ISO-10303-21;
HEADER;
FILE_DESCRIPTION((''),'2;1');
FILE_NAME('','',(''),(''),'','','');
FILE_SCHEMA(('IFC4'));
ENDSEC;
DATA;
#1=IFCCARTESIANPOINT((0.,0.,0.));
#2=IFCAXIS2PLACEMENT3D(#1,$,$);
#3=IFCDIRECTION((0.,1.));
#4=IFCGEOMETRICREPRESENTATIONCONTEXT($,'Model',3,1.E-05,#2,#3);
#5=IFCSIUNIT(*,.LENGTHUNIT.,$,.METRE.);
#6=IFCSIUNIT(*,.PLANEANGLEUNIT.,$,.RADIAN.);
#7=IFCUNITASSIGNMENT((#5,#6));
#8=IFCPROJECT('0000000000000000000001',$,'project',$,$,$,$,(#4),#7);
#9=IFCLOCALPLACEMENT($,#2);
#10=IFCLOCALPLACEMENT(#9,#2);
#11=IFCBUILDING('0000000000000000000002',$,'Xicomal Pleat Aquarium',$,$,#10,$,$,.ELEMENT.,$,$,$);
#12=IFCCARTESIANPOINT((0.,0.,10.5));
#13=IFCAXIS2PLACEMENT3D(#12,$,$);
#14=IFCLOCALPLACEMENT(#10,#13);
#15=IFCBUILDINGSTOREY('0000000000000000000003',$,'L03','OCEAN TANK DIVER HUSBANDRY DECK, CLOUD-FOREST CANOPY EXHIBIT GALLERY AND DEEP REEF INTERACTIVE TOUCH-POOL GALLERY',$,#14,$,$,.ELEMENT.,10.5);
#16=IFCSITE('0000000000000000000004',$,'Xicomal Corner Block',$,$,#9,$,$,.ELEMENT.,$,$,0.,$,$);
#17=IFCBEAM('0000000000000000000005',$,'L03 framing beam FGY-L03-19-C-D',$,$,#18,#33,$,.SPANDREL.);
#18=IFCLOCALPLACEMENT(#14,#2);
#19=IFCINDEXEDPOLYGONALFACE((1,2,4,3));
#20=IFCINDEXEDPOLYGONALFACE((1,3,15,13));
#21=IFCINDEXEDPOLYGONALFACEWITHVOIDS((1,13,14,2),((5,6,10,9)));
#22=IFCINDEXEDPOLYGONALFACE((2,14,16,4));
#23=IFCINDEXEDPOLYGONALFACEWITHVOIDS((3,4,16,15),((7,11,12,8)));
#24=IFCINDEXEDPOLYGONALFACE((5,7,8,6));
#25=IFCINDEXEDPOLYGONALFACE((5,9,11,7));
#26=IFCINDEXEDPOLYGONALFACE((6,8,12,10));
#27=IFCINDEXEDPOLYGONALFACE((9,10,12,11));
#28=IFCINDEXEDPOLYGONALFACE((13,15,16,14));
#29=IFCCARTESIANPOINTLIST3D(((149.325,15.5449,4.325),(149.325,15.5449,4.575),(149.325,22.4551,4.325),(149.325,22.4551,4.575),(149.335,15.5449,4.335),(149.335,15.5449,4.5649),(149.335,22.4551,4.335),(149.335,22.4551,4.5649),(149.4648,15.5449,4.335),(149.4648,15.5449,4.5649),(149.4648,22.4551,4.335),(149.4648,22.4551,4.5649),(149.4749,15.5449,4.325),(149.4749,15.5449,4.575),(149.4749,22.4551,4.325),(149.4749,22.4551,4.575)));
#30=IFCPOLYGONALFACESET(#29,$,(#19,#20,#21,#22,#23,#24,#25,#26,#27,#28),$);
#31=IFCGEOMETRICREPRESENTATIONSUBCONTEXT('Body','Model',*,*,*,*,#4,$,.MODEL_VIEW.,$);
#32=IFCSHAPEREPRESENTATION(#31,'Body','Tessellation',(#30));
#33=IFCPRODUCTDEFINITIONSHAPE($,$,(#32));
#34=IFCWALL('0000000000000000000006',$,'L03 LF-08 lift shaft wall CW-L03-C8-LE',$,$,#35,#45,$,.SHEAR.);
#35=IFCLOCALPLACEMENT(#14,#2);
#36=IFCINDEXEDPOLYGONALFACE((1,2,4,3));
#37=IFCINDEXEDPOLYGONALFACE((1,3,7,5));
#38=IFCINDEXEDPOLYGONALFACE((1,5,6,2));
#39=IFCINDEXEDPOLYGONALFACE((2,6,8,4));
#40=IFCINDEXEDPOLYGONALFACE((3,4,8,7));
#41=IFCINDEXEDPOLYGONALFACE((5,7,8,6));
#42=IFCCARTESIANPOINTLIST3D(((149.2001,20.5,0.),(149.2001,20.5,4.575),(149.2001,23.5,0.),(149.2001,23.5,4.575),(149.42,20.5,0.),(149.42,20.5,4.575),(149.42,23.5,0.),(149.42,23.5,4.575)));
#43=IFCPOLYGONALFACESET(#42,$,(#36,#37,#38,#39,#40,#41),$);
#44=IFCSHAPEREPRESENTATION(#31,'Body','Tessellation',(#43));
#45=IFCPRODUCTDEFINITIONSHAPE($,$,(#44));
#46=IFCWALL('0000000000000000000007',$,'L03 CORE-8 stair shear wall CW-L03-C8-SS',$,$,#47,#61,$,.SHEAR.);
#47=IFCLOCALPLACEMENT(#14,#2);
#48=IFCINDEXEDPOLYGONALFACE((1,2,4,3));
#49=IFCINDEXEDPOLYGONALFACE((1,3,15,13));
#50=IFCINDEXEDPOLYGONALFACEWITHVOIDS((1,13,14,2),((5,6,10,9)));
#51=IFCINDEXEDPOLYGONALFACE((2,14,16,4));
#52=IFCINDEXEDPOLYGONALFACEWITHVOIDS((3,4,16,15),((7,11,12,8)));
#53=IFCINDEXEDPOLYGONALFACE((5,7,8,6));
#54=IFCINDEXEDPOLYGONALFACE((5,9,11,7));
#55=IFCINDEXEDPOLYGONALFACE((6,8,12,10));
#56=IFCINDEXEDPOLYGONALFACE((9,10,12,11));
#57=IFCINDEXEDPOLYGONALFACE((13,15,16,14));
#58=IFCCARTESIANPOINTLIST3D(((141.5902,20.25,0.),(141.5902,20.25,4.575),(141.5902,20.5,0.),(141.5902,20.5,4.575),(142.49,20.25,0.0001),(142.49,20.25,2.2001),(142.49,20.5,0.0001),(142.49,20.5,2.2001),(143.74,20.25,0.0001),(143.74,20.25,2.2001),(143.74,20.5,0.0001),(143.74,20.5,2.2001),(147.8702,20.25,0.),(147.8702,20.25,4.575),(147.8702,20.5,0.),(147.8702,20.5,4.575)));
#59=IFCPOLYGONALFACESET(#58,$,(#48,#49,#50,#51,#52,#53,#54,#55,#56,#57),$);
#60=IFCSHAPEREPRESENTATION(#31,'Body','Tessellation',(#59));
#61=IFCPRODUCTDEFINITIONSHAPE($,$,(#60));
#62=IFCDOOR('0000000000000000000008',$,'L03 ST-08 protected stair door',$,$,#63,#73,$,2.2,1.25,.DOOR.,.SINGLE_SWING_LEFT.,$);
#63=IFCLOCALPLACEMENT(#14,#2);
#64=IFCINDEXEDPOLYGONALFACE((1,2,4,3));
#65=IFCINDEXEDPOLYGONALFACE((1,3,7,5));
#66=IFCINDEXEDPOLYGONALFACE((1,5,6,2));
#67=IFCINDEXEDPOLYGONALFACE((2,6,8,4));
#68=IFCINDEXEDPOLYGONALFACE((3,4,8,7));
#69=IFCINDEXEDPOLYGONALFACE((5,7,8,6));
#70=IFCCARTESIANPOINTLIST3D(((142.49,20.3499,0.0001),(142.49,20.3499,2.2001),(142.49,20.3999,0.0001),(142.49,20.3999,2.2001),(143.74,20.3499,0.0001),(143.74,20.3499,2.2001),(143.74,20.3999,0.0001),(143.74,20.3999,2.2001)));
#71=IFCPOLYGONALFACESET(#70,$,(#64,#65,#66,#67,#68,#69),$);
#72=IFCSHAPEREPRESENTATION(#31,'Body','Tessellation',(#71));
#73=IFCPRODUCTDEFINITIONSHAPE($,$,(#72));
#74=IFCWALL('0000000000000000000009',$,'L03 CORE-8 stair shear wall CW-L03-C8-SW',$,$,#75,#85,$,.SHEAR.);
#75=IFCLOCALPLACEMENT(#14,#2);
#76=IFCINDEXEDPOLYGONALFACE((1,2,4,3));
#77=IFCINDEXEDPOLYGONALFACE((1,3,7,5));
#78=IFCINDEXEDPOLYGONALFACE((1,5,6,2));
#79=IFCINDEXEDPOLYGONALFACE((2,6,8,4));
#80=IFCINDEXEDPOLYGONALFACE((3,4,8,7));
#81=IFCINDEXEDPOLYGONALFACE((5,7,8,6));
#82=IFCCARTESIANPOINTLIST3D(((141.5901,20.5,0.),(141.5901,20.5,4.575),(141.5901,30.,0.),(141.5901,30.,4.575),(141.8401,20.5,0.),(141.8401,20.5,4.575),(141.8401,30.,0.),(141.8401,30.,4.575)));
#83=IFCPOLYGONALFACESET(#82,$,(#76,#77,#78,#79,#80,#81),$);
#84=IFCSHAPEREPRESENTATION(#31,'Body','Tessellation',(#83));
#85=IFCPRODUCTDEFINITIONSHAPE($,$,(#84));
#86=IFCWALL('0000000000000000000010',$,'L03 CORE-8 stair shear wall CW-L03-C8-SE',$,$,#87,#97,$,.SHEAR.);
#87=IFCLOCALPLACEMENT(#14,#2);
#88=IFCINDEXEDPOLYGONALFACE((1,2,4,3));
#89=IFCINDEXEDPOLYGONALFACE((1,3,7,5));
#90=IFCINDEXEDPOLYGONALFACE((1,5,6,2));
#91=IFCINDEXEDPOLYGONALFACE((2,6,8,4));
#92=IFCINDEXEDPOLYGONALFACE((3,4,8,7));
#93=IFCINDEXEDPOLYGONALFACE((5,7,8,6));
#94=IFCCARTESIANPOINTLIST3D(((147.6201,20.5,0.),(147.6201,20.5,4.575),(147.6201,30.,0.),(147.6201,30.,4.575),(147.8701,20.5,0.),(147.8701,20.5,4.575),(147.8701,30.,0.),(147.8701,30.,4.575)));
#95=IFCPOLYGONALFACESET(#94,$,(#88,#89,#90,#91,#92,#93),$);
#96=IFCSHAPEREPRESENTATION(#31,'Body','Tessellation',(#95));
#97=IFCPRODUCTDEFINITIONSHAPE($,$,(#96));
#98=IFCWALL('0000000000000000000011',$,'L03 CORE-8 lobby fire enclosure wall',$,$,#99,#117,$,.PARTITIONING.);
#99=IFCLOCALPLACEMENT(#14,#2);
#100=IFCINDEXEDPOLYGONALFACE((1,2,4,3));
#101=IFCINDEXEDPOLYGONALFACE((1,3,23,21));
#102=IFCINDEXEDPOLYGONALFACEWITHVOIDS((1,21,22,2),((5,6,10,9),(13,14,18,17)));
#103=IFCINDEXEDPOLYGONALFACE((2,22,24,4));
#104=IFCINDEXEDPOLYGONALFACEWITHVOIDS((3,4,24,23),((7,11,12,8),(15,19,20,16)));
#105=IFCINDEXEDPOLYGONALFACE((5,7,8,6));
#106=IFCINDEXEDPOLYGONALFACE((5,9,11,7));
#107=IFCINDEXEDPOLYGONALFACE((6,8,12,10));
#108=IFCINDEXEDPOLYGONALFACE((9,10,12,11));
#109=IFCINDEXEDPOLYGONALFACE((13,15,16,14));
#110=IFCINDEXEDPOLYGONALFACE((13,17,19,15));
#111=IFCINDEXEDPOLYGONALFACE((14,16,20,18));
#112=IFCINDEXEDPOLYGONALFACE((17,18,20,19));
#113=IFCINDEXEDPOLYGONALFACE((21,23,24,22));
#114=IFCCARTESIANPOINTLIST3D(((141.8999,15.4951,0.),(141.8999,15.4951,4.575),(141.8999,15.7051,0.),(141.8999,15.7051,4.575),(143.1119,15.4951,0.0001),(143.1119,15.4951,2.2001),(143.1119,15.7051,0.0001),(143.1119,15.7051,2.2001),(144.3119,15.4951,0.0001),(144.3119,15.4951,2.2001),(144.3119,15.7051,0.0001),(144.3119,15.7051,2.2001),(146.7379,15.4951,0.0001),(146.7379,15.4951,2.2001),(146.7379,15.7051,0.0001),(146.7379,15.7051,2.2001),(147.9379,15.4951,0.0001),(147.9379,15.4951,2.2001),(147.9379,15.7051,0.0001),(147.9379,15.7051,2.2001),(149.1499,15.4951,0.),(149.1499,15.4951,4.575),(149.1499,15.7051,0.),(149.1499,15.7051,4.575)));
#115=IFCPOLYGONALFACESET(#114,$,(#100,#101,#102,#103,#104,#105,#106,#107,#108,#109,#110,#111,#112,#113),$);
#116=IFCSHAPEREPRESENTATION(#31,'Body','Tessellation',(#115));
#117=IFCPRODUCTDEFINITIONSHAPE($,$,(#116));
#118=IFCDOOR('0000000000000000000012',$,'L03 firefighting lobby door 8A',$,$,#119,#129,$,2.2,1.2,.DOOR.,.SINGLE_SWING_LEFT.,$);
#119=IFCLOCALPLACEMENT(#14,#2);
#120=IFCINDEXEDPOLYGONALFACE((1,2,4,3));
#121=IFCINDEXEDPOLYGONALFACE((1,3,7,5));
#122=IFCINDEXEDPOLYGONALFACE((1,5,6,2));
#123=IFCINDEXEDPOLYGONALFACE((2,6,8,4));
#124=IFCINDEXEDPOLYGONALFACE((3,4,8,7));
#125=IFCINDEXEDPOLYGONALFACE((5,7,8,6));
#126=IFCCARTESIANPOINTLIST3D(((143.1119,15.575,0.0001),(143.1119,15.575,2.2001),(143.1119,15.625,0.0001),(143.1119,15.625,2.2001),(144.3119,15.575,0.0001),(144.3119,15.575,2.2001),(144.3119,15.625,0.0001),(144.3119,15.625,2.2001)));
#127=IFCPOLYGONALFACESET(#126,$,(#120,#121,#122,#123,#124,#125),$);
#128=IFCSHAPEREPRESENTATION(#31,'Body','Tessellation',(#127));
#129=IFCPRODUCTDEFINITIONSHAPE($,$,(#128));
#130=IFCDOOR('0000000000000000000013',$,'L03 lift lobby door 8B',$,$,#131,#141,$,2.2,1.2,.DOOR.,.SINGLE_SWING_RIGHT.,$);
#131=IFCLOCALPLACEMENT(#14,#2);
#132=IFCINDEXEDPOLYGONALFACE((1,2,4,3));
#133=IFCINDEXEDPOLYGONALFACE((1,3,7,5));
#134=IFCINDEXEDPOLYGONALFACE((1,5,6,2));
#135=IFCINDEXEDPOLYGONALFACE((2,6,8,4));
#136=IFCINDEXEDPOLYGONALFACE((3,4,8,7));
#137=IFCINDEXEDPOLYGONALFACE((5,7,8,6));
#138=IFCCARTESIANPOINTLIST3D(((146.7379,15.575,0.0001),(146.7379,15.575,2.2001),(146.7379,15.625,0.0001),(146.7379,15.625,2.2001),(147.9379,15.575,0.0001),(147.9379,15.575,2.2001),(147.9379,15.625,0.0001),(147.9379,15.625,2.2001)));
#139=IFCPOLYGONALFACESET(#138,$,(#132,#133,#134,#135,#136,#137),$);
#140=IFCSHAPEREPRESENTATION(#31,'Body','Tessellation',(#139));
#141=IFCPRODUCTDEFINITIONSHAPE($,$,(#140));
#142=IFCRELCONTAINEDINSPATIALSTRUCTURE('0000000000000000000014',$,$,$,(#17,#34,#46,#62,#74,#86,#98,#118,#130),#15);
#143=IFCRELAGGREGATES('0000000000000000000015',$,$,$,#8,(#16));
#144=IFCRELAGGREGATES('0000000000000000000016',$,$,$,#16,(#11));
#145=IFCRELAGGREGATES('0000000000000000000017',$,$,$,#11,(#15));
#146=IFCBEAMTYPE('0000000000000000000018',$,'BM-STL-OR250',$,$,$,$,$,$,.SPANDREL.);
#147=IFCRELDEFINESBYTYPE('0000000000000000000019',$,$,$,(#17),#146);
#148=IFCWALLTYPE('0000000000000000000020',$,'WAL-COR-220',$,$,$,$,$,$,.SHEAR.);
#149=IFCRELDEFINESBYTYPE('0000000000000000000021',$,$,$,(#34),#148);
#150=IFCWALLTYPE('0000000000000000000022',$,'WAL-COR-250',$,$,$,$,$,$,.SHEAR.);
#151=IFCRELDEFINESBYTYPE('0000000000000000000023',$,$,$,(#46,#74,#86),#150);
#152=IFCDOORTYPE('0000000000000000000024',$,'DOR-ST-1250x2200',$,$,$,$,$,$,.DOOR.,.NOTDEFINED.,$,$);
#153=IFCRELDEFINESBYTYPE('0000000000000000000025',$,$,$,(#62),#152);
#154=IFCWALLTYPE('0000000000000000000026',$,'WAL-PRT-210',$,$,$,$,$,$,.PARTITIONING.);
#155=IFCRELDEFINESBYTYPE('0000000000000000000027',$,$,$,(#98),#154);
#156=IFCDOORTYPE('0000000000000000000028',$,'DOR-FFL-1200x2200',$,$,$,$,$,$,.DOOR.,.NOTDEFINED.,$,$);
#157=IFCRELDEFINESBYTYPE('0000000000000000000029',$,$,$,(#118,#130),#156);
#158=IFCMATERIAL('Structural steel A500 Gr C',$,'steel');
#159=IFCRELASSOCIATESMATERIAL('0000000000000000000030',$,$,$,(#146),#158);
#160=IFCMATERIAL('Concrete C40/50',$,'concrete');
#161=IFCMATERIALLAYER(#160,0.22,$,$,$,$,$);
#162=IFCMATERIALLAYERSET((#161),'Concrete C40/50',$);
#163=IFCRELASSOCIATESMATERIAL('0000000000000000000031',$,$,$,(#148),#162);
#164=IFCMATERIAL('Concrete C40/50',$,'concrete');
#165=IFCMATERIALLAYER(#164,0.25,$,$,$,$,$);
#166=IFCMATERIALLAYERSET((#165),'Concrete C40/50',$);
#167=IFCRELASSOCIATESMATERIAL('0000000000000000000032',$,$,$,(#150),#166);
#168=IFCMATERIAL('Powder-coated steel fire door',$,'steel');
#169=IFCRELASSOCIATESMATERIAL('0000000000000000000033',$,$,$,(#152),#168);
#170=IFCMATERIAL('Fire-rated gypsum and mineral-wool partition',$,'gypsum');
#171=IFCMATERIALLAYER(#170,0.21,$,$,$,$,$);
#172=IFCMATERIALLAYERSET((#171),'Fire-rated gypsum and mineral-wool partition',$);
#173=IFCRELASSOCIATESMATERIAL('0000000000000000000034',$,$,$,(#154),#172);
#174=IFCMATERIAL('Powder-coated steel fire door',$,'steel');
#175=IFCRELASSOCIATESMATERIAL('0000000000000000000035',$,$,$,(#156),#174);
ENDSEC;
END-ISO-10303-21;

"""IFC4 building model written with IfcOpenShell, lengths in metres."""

from ifc_helpers import new_model, si_unit, direction, frame, frame_2d, origin, origin_2d, place, context, subcontext, project, spatial, rectangle, hollow_rectangle, extrude, material, layer, layer_set, material_profile, profile_set, type_object, element, fill, save


model = new_model("IFC4")

# Units and contexts
model_context = context("Model", 3, precision=1e-05, world=origin(), true_north=direction((0.0, 1.0)))
body_context = subcontext(model_context, "Body", "Model", "MODEL_VIEW")
ifc_project = project(units=[si_unit("LENGTHUNIT", "METRE"), si_unit("PLANEANGLEUNIT", "RADIAN")], contexts=[model_context])

# Site, building, storey
site_placement = place(None, origin())
site = spatial("IfcSite", under=ifc_project, at=site_placement, Name="Xicomal Corner Block", CompositionType="ELEMENT", RefElevation=0.0)
building_placement = place(site_placement, origin())
building = spatial("IfcBuilding", under=site, at=building_placement, Name="Xicomal Pleat Aquarium", CompositionType="ELEMENT")
storey_placement = place(building_placement, frame((0.0, 0.0, 10.5)))
storey = spatial("IfcBuildingStorey", under=building, at=storey_placement, Name="L03", Description="OCEAN TANK DIVER HUSBANDRY DECK, CLOUD-FOREST CANOPY EXHIBIT GALLERY AND DEEP REEF INTERACTIVE TOUCH-POOL GALLERY", CompositionType="ELEMENT", Elevation=10.5)

# Beam
ifc_material_1 = material(Name="Structural steel A500 Gr C", Category="steel")
ifc_material_profile_1 = material_profile(ifc_material_1, hollow_rectangle(XDim=0.1499, YDim=0.25, WallThickness=0.01, at=origin_2d()), Name="OR 250x150x10")
ifc_profile_set_1 = profile_set([ifc_material_profile_1], Name="Structural steel A500 Gr C")
beam_type_1 = type_object("IfcBeamType", Name="BM-STL-OR250", PredefinedType="SPANDREL", material=ifc_profile_set_1)
beam_1_placement = place(storey_placement, frame((149.3999, 15.5449, 4.45), z_axis=(0.0, 1.0, 0.0), x_axis=(-1.0, 0.0, 0.0)))
element("IfcBeam", 1, at=beam_1_placement, inside=storey, type_object=beam_type_1, Name="L03 framing beam FGY-L03-19-C-D", PredefinedType="SPANDREL", context=body_context, shape_type="SweptSolid", body=[
    extrude(hollow_rectangle(XDim=0.1499, YDim=0.25, WallThickness=0.01, at=origin_2d()), origin(), (0.0, 0.0, 1.0), 6.9102),
])

# Shared definitions
ifc_material_2 = material(Name="Concrete C40/50", Category="concrete")
ifc_layer_1 = layer(ifc_material_2, 0.22)
ifc_layer_set_1 = layer_set([ifc_layer_1], Name="Concrete C40/50")
wall_type_1 = type_object("IfcWallType", Name="WAL-COR-220", PredefinedType="SHEAR", material=ifc_layer_set_1)

# Wall
wall_1_placement = place(storey_placement, frame((149.3101, 20.5, 0.0), z_axis=(0.0, 0.0, 1.0), x_axis=(0.0, 1.0, 0.0)))
element("IfcWall", 2, at=wall_1_placement, inside=storey, type_object=wall_type_1, Name="L03 LF-08 lift shaft wall CW-L03-C8-LE", PredefinedType="SHEAR", context=body_context, shape_type="SweptSolid", body=[
    extrude(rectangle(XDim=3.0, YDim=0.22, at=frame_2d((1.5, 0.0))), origin(), (0.0, 0.0, 1.0), 4.575),
])

# Wall, opening, door
ifc_material_3 = material(Name="Concrete C40/50", Category="concrete")
ifc_layer_2 = layer(ifc_material_3, 0.25)
ifc_layer_set_2 = layer_set([ifc_layer_2], Name="Concrete C40/50")
wall_type_2 = type_object("IfcWallType", Name="WAL-COR-250", PredefinedType="SHEAR", material=ifc_layer_set_2)
wall_2_placement = place(storey_placement, frame((141.5901, 20.375, 0.0), z_axis=(0.0, 0.0, 1.0), x_axis=(1.0, 0.0, 0.0)))
wall_2 = element("IfcWall", 3, at=wall_2_placement, inside=storey, type_object=wall_type_2, Name="L03 CORE-8 stair shear wall CW-L03-C8-SS", PredefinedType="SHEAR", context=body_context, shape_type="SweptSolid", body=[
    extrude(rectangle(XDim=6.28, YDim=0.25, at=frame_2d((3.1401, 0.0))), origin(), (0.0, 0.0, 1.0), 4.575),
])
opening_1_placement = place(wall_2_placement, frame((0.8999, 0.0, 0.0)))
opening_1 = element("IfcOpeningElement", 4, at=opening_1_placement, cuts=wall_2, PredefinedType="OPENING", context=body_context, shape_type="SweptSolid", body=[
    extrude(rectangle(XDim=1.25, YDim=2.2, at=frame_2d((0.625, 1.1001))), frame((0.0, 0.135, 0.0), z_axis=(0.0, -1.0, 0.0), x_axis=(1.0, 0.0, 0.0)), (0.0, 0.0, 1.0), 0.27),
])
ifc_material_4 = material(Name="Powder-coated steel fire door", Category="steel")
door_type_1 = type_object("IfcDoorType", Name="DOR-ST-1250x2200", OperationType="NOTDEFINED", PredefinedType="DOOR", material=ifc_material_4)
door_1_placement = place(opening_1_placement, origin())
door_1 = element("IfcDoor", 5, at=door_1_placement, inside=storey, type_object=door_type_1, Name="L03 ST-08 protected stair door", OperationType="SINGLE_SWING_LEFT", OverallHeight=2.2, OverallWidth=1.25, PredefinedType="DOOR", context=body_context, shape_type="SweptSolid", body=[
    extrude(rectangle(XDim=1.25, YDim=2.2, at=frame_2d((0.625, 1.1001))), frame((0.0, 0.0249, 0.0), z_axis=(0.0, -1.0, 0.0), x_axis=(1.0, 0.0, 0.0)), (0.0, 0.0, 1.0), 0.05),
])
fill(opening_1, door_1)

# Walls
for number, where, z_axis, x_axis, name in (
    (6, (141.7151, 20.5, 0.0), (0.0, 0.0, 1.0), (0.0, 1.0, 0.0), "L03 CORE-8 stair shear wall CW-L03-C8-SW"),
    (7, (147.7451, 20.5, 0.0), (0.0, 0.0, 1.0), (0.0, 1.0, 0.0), "L03 CORE-8 stair shear wall CW-L03-C8-SE"),
):
    element("IfcWall", number, at=place(storey_placement, frame(where, z_axis=z_axis, x_axis=x_axis)), inside=storey, type_object=wall_type_2, Name=name, PredefinedType="SHEAR", context=body_context, shape_type="SweptSolid", body=[
        extrude(rectangle(XDim=9.5, YDim=0.25, at=frame_2d((4.75, 0.0))), origin(), (0.0, 0.0, 1.0), 4.575),
    ])

# Wall, openings, doors
ifc_material_5 = material(Name="Fire-rated gypsum and mineral-wool partition", Category="gypsum")
ifc_layer_3 = layer(ifc_material_5, 0.21)
ifc_layer_set_3 = layer_set([ifc_layer_3], Name="Fire-rated gypsum and mineral-wool partition")
wall_type_3 = type_object("IfcWallType", Name="WAL-PRT-210", PredefinedType="PARTITIONING", material=ifc_layer_set_3)
wall_3_placement = place(storey_placement, frame((141.8999, 15.6001, 0.0), z_axis=(0.0, 0.0, 1.0), x_axis=(1.0, 0.0, 0.0)))
wall_3 = element("IfcWall", 8, at=wall_3_placement, inside=storey, type_object=wall_type_3, Name="L03 CORE-8 lobby fire enclosure wall", PredefinedType="PARTITIONING", context=body_context, shape_type="SweptSolid", body=[
    extrude(rectangle(XDim=7.25, YDim=0.21, at=frame_2d((3.625, 0.0))), origin(), (0.0, 0.0, 1.0), 4.575),
])
opening_2_placement = place(wall_3_placement, frame((1.2119, 0.0, 0.0)))
opening_2 = element("IfcOpeningElement", 9, at=opening_2_placement, cuts=wall_3, PredefinedType="OPENING", context=body_context, shape_type="SweptSolid", body=[
    extrude(rectangle(XDim=1.2, YDim=2.2, at=frame_2d((0.6001, 1.1001))), frame((0.0, 0.115, 0.0), z_axis=(0.0, -1.0, 0.0), x_axis=(1.0, 0.0, 0.0)), (0.0, 0.0, 1.0), 0.23),
])
opening_3_placement = place(wall_3_placement, frame((4.8379, 0.0, 0.0)))
opening_3 = element("IfcOpeningElement", 10, at=opening_3_placement, cuts=wall_3, PredefinedType="OPENING", context=body_context, shape_type="SweptSolid", body=[
    extrude(rectangle(XDim=1.2, YDim=2.2, at=frame_2d((0.6001, 1.1001))), frame((0.0, 0.115, 0.0), z_axis=(0.0, -1.0, 0.0), x_axis=(1.0, 0.0, 0.0)), (0.0, 0.0, 1.0), 0.23),
])
ifc_material_6 = material(Name="Powder-coated steel fire door", Category="steel")
door_type_2 = type_object("IfcDoorType", Name="DOR-FFL-1200x2200", OperationType="NOTDEFINED", PredefinedType="DOOR", material=ifc_material_6)
door_2_placement = place(opening_2_placement, origin())
door_2 = element("IfcDoor", 11, at=door_2_placement, inside=storey, type_object=door_type_2, Name="L03 firefighting lobby door 8A", OperationType="SINGLE_SWING_LEFT", OverallHeight=2.2, OverallWidth=1.2, PredefinedType="DOOR", context=body_context, shape_type="SweptSolid", body=[
    extrude(rectangle(XDim=1.2, YDim=2.2, at=frame_2d((0.6001, 1.1001))), frame((0.0, 0.0249, 0.0), z_axis=(0.0, -1.0, 0.0), x_axis=(1.0, 0.0, 0.0)), (0.0, 0.0, 1.0), 0.05),
])
fill(opening_2, door_2)
door_3_placement = place(opening_3_placement, origin())
door_3 = element("IfcDoor", 12, at=door_3_placement, inside=storey, type_object=door_type_2, Name="L03 lift lobby door 8B", OperationType="SINGLE_SWING_RIGHT", OverallHeight=2.2, OverallWidth=1.2, PredefinedType="DOOR", context=body_context, shape_type="SweptSolid", body=[
    extrude(rectangle(XDim=1.2, YDim=2.2, at=frame_2d((0.6001, 1.1001))), frame((0.0, 0.0249, 0.0), z_axis=(0.0, -1.0, 0.0), x_axis=(1.0, 0.0, 0.0)), (0.0, 0.0, 1.0), 0.05),
])
fill(opening_3, door_3)

save(model, "model.ifc")
